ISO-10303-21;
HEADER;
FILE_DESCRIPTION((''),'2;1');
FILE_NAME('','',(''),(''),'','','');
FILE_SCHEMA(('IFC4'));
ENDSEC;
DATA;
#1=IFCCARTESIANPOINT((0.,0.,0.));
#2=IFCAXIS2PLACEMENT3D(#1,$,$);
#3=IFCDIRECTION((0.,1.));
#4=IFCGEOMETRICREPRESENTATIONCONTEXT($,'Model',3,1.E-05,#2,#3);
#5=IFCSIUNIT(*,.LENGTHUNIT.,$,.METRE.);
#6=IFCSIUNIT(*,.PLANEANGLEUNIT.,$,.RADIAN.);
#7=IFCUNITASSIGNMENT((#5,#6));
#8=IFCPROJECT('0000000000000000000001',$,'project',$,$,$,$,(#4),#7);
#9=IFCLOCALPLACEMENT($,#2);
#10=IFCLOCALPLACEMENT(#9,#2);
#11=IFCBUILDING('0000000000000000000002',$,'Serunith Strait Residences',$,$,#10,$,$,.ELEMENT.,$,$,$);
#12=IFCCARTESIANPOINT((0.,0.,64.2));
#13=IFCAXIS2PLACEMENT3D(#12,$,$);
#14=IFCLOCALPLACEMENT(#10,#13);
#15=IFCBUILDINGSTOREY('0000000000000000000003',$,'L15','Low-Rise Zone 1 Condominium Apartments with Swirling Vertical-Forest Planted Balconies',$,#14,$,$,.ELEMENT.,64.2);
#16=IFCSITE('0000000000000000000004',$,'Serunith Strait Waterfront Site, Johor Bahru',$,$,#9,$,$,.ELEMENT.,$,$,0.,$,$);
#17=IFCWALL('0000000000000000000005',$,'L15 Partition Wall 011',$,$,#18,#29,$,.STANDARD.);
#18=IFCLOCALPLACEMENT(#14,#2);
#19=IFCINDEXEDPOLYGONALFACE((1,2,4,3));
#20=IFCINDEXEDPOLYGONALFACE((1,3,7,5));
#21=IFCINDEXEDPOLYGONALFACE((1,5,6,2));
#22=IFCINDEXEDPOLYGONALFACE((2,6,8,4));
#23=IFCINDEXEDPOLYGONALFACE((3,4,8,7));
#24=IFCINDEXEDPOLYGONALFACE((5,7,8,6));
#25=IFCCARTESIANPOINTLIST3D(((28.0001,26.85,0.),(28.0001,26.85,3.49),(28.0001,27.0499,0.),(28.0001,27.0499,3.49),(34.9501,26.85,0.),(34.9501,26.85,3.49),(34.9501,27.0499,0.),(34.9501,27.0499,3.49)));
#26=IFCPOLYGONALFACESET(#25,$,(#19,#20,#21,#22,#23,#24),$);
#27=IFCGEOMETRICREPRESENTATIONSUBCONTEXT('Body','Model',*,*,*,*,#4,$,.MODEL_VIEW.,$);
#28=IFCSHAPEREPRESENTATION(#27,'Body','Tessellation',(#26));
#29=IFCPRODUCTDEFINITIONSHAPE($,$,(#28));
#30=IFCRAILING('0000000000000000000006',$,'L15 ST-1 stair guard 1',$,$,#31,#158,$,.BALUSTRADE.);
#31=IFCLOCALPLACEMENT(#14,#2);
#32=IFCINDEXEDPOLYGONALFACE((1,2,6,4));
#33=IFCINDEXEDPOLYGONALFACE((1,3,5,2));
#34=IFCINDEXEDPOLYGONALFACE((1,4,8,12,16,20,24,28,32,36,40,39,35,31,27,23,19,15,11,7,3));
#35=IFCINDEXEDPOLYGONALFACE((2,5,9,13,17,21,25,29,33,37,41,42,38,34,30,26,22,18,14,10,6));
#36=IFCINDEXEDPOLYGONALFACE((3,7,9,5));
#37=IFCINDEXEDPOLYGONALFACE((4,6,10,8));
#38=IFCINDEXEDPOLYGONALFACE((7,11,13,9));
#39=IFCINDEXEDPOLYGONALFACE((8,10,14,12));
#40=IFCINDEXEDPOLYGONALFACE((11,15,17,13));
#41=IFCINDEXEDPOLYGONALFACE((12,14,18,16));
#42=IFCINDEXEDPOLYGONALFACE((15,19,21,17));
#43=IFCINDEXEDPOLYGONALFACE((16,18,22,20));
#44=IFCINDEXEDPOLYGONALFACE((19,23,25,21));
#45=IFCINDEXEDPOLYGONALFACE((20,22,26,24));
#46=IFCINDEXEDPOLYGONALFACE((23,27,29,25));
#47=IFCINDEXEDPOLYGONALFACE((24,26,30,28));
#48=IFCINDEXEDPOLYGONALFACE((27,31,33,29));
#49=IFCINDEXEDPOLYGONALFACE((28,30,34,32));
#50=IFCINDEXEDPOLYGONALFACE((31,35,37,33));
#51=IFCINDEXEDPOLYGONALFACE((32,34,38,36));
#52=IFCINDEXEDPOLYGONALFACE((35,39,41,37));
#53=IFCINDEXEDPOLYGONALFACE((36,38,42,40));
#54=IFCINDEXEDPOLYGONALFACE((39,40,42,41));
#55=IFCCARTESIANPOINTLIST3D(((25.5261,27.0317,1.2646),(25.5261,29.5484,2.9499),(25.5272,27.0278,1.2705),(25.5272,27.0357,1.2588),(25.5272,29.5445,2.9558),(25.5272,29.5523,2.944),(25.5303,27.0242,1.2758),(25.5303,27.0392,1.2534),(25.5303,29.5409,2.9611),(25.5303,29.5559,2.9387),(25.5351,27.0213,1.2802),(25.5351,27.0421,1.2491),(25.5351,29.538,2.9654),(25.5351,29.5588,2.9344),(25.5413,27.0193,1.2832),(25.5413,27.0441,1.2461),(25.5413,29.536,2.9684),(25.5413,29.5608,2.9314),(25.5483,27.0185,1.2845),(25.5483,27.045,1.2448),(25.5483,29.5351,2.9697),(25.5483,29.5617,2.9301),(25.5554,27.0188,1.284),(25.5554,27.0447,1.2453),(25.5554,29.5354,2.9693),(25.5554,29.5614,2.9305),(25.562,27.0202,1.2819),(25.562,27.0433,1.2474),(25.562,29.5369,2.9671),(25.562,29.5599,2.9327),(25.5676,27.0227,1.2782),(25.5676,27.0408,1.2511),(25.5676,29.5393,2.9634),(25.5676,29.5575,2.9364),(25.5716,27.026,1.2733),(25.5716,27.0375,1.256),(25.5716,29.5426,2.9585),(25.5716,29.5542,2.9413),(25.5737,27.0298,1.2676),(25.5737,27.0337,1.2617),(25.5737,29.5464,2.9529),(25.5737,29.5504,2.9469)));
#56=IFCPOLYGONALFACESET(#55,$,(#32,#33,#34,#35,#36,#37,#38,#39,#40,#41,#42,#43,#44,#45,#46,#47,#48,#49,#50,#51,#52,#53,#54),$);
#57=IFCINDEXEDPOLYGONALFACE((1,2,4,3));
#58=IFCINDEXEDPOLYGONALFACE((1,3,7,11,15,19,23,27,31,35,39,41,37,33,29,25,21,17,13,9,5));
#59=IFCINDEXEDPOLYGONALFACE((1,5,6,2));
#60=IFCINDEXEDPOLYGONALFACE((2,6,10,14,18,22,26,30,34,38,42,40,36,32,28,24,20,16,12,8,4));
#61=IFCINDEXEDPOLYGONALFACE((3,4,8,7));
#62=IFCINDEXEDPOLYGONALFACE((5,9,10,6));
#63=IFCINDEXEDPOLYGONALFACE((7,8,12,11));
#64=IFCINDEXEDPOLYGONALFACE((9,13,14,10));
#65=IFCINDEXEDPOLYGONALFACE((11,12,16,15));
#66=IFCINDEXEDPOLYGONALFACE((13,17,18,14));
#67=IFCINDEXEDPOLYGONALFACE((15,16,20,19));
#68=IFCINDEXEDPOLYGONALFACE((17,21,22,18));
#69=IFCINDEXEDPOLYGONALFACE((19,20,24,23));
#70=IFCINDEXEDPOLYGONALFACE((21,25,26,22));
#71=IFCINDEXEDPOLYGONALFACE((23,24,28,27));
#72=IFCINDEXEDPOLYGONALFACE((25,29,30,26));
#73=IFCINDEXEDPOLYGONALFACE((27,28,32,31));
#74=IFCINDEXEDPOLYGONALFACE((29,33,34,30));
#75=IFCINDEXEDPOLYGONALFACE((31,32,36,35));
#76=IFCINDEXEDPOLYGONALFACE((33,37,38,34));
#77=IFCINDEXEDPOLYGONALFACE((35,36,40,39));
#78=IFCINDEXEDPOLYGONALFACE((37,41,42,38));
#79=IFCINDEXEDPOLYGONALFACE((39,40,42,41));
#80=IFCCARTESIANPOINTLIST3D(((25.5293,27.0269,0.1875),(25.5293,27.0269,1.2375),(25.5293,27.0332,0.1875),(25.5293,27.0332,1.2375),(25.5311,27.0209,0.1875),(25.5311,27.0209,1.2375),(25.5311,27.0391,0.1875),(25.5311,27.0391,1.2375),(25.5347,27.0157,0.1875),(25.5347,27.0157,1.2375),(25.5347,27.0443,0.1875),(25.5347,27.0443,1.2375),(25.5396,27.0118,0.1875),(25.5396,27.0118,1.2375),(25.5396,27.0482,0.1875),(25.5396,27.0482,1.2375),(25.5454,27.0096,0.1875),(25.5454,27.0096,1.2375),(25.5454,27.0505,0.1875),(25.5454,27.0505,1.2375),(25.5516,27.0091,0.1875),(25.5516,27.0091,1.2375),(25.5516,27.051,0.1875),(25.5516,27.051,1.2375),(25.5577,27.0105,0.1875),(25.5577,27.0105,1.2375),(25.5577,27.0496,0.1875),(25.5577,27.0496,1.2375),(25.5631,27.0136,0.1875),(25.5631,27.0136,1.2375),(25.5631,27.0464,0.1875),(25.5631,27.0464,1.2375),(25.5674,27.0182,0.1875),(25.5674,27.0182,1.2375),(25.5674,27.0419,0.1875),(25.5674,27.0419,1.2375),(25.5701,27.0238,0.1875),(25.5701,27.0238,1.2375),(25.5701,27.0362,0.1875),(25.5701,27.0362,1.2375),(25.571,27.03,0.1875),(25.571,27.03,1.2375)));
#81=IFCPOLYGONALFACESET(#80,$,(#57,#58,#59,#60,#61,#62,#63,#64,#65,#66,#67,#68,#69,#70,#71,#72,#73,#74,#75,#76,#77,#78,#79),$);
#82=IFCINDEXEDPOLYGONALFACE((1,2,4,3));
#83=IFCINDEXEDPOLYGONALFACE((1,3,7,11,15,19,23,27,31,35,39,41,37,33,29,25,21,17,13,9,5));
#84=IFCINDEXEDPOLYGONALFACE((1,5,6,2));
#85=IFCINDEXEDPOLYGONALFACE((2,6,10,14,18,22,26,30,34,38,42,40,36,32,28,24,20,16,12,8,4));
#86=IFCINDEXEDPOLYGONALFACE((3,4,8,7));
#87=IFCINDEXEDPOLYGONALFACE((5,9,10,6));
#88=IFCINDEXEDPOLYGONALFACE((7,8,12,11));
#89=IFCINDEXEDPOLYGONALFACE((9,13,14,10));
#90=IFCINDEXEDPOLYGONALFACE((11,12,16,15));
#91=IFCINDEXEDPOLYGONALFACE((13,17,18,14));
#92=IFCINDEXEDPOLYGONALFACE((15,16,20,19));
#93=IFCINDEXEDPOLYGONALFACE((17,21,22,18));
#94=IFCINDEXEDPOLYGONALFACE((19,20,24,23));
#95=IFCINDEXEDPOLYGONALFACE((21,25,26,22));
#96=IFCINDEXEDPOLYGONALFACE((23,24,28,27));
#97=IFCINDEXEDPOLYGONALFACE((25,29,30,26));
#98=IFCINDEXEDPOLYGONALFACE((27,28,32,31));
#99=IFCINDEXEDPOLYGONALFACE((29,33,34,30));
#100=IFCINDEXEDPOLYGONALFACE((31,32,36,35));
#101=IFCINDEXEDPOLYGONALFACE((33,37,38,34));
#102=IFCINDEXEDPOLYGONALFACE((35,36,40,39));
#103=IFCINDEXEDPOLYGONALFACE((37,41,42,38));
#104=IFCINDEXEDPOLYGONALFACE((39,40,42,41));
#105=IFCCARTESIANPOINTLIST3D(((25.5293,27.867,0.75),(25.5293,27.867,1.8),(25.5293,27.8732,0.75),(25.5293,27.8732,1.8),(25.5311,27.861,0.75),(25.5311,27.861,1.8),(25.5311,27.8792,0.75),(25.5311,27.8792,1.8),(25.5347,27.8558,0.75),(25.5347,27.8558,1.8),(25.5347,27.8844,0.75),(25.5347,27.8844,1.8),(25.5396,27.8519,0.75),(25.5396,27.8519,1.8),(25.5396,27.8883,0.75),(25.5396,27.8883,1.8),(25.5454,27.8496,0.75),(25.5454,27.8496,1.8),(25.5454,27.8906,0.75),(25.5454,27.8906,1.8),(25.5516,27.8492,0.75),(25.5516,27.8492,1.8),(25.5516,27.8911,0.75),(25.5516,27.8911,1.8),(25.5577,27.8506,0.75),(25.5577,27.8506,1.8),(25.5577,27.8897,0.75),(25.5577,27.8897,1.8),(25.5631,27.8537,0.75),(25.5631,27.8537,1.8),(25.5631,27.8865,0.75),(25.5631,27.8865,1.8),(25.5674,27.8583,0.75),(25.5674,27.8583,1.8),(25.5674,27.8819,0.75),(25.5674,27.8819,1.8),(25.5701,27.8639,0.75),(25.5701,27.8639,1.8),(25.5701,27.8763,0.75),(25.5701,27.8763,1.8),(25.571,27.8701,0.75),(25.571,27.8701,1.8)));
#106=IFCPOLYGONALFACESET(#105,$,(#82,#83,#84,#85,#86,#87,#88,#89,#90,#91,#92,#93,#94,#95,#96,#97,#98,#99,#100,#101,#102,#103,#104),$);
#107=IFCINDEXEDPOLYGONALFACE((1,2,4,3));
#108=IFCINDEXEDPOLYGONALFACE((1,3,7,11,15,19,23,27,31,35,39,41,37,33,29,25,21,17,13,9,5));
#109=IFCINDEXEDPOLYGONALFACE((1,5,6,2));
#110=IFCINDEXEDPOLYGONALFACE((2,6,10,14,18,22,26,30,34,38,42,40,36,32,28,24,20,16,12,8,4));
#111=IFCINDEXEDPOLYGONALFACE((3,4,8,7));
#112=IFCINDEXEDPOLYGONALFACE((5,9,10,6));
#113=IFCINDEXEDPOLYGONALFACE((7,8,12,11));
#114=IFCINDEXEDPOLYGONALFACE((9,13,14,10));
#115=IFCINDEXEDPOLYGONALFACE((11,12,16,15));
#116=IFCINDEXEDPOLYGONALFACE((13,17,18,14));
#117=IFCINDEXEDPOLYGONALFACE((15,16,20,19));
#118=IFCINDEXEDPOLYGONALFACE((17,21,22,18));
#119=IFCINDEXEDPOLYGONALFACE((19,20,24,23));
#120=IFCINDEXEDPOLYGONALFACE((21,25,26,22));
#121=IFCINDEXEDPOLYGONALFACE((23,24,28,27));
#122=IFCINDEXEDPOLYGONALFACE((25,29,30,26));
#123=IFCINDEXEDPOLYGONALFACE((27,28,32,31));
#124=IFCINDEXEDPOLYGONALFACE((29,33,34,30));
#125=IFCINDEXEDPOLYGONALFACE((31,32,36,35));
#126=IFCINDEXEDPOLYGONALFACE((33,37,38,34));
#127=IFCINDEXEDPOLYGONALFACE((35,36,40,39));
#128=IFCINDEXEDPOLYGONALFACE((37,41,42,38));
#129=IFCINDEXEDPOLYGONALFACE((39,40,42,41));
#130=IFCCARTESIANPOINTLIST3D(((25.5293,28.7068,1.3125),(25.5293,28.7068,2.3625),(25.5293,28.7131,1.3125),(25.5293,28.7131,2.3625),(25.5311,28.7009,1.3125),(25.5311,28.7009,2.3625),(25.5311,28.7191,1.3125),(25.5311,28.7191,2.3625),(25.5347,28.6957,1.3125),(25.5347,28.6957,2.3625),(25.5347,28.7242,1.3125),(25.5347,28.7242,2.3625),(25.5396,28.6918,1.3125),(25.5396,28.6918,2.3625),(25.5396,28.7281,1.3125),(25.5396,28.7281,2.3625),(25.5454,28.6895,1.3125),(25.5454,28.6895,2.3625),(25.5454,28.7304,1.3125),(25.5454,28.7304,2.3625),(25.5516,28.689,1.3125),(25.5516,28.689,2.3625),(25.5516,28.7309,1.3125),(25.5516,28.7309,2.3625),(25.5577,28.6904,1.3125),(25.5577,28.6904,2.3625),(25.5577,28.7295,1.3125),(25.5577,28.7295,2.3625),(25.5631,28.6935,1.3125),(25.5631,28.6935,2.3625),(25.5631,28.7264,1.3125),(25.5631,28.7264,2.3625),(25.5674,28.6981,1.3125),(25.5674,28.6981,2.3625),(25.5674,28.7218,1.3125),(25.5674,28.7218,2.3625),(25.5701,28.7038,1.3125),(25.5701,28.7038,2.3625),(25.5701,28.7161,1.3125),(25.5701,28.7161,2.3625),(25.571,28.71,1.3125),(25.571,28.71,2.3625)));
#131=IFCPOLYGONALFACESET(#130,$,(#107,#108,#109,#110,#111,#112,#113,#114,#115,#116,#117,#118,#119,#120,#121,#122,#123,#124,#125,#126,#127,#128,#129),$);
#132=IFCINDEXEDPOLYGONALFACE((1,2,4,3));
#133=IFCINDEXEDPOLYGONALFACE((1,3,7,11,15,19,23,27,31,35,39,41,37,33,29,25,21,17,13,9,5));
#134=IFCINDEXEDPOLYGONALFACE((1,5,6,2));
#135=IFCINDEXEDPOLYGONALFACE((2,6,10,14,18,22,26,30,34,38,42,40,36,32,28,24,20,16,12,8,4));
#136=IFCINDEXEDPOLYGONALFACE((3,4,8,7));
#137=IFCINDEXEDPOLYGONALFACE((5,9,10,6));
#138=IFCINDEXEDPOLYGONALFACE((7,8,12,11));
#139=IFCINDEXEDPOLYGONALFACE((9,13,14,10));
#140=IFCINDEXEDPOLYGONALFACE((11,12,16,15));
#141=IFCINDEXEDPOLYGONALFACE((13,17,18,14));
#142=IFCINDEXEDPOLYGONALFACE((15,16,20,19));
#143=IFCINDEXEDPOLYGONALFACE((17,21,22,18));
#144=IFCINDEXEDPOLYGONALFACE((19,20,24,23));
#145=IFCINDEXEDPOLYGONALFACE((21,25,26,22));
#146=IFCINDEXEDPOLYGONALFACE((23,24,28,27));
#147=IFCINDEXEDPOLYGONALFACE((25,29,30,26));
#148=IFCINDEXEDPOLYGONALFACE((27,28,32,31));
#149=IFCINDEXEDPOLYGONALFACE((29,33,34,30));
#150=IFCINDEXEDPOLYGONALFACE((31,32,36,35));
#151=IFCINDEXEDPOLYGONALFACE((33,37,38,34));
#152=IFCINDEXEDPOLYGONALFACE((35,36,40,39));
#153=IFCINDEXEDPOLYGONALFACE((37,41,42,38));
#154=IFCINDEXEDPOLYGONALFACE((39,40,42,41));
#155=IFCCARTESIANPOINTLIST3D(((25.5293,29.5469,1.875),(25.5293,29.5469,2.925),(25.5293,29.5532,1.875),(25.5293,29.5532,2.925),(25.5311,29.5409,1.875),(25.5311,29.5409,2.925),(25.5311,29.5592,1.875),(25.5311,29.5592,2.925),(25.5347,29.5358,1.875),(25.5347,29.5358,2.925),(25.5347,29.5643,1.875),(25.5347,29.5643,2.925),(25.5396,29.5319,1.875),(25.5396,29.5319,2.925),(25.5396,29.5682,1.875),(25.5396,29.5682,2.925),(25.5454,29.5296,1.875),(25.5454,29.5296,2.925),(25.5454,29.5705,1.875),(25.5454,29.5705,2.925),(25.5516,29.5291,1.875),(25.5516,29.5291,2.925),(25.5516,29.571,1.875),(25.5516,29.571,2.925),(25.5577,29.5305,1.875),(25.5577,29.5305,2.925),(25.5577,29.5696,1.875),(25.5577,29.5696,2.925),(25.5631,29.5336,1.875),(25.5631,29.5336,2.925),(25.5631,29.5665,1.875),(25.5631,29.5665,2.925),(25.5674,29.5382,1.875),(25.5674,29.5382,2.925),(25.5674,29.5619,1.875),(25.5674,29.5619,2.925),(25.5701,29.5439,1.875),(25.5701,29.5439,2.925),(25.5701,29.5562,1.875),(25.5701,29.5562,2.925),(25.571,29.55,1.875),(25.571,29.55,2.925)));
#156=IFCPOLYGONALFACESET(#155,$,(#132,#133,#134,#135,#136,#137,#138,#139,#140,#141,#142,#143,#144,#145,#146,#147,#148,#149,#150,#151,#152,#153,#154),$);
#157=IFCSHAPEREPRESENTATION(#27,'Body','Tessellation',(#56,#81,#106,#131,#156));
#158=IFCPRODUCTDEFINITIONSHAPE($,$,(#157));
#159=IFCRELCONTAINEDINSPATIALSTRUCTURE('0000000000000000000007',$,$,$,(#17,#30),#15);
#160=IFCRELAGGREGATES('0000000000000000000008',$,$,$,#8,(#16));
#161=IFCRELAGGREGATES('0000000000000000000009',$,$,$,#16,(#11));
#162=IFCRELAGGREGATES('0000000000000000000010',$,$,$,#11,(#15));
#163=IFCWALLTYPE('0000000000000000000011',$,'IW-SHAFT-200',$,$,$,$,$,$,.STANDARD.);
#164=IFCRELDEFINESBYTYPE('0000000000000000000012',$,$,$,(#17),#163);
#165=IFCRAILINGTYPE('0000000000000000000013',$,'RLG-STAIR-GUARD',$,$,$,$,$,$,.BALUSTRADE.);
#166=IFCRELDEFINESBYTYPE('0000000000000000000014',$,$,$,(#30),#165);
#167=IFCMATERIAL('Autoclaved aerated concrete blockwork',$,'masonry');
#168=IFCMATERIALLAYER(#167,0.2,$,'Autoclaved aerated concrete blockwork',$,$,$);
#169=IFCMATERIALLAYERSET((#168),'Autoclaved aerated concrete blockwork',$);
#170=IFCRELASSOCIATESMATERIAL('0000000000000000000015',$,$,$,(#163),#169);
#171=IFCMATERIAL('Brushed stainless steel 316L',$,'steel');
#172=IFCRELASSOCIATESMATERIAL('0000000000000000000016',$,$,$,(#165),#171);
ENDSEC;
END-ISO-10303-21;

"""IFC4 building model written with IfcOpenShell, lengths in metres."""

from ifc_helpers import new_model, si_unit, direction, frame, frame_2d, origin, origin_2d, place, context, subcontext, project, spatial, rectangle, circle, extrude, material, layer, layer_set, type_object, element, save


model = new_model("IFC4")

# Units and contexts
model_context = context("Model", 3, precision=1e-05, world=origin(), true_north=direction((0.0, 1.0)))
body_context = subcontext(model_context, "Body", "Model", "MODEL_VIEW")
ifc_project = project(units=[si_unit("LENGTHUNIT", "METRE"), si_unit("PLANEANGLEUNIT", "RADIAN")], contexts=[model_context])

# Site, building, storey
site_placement = place(None, origin())
site = spatial("IfcSite", under=ifc_project, at=site_placement, Name="Serunith Strait Waterfront Site, Johor Bahru", CompositionType="ELEMENT", RefElevation=0.0)
building_placement = place(site_placement, origin())
building = spatial("IfcBuilding", under=site, at=building_placement, Name="Serunith Strait Residences", CompositionType="ELEMENT")
storey_placement = place(building_placement, frame((0.0, 0.0, 64.2)))
storey = spatial("IfcBuildingStorey", under=building, at=storey_placement, Name="L15", Description="Low-Rise Zone 1 Condominium Apartments with Swirling Vertical-Forest Planted Balconies", CompositionType="ELEMENT", Elevation=64.2)

# Shared definitions
ifc_material_1 = material(Name="Autoclaved aerated concrete blockwork", Category="masonry")
ifc_layer = layer(ifc_material_1, 0.2, Name="Autoclaved aerated concrete blockwork")
ifc_layer_set = layer_set([ifc_layer], Name="Autoclaved aerated concrete blockwork")
wall_type = type_object("IfcWallType", Name="IW-SHAFT-200", PredefinedType="STANDARD", material=ifc_layer_set)

# Wall
wall_1_placement = place(storey_placement, frame((28.0, 26.95, 0.0), z_axis=(0.0, 0.0, 1.0), x_axis=(1.0, 0.0, 0.0)))
element("IfcWall", 1, at=wall_1_placement, inside=storey, type_object=wall_type, Name="L15 Partition Wall 011", PredefinedType="STANDARD", context=body_context, shape_type="SweptSolid", body=[
    extrude(rectangle(XDim=6.95, YDim=0.2, at=frame_2d((3.4751, 0.0))), origin(), (0.0, 0.0, 1.0), 3.49),
])

# Railing
ifc_material_2 = material(Name="Brushed stainless steel 316L", Category="steel")
railing_type_1 = type_object("IfcRailingType", Name="RLG-STAIR-GUARD", PredefinedType="BALUSTRADE", material=ifc_material_2)
railing_1_placement = place(storey_placement, frame((25.55, 27.03, 0.1875)))
element("IfcRailing", 2, at=railing_1_placement, inside=storey, type_object=railing_type_1, Name="L15 ST-1 stair guard 1", PredefinedType="BALUSTRADE", context=body_context, shape_type="SweptSolid", body=[
    extrude(circle(Radius=0.0239, at=origin_2d()), frame((0.0, 0.0017, 1.0771), z_axis=(0.0, 0.830909, 0.556408), x_axis=(-1.0, 0.0, 0.0)), (0.0, 0.0, 1.0), 3.0288),
    extrude(circle(Radius=0.021, at=origin_2d()), origin(), (0.0, 0.0, 1.0), 1.05),
    extrude(circle(Radius=0.021, at=origin_2d()), frame((0.0, 0.8401, 0.5625)), (0.0, 0.0, 1.0), 1.05),
    extrude(circle(Radius=0.021, at=origin_2d()), frame((0.0, 1.6799, 1.125)), (0.0, 0.0, 1.0), 1.05),
    extrude(circle(Radius=0.021, at=origin_2d()), frame((0.0, 2.52, 1.6875)), (0.0, 0.0, 1.0), 1.05),
])

save(model, "model.ifc")
